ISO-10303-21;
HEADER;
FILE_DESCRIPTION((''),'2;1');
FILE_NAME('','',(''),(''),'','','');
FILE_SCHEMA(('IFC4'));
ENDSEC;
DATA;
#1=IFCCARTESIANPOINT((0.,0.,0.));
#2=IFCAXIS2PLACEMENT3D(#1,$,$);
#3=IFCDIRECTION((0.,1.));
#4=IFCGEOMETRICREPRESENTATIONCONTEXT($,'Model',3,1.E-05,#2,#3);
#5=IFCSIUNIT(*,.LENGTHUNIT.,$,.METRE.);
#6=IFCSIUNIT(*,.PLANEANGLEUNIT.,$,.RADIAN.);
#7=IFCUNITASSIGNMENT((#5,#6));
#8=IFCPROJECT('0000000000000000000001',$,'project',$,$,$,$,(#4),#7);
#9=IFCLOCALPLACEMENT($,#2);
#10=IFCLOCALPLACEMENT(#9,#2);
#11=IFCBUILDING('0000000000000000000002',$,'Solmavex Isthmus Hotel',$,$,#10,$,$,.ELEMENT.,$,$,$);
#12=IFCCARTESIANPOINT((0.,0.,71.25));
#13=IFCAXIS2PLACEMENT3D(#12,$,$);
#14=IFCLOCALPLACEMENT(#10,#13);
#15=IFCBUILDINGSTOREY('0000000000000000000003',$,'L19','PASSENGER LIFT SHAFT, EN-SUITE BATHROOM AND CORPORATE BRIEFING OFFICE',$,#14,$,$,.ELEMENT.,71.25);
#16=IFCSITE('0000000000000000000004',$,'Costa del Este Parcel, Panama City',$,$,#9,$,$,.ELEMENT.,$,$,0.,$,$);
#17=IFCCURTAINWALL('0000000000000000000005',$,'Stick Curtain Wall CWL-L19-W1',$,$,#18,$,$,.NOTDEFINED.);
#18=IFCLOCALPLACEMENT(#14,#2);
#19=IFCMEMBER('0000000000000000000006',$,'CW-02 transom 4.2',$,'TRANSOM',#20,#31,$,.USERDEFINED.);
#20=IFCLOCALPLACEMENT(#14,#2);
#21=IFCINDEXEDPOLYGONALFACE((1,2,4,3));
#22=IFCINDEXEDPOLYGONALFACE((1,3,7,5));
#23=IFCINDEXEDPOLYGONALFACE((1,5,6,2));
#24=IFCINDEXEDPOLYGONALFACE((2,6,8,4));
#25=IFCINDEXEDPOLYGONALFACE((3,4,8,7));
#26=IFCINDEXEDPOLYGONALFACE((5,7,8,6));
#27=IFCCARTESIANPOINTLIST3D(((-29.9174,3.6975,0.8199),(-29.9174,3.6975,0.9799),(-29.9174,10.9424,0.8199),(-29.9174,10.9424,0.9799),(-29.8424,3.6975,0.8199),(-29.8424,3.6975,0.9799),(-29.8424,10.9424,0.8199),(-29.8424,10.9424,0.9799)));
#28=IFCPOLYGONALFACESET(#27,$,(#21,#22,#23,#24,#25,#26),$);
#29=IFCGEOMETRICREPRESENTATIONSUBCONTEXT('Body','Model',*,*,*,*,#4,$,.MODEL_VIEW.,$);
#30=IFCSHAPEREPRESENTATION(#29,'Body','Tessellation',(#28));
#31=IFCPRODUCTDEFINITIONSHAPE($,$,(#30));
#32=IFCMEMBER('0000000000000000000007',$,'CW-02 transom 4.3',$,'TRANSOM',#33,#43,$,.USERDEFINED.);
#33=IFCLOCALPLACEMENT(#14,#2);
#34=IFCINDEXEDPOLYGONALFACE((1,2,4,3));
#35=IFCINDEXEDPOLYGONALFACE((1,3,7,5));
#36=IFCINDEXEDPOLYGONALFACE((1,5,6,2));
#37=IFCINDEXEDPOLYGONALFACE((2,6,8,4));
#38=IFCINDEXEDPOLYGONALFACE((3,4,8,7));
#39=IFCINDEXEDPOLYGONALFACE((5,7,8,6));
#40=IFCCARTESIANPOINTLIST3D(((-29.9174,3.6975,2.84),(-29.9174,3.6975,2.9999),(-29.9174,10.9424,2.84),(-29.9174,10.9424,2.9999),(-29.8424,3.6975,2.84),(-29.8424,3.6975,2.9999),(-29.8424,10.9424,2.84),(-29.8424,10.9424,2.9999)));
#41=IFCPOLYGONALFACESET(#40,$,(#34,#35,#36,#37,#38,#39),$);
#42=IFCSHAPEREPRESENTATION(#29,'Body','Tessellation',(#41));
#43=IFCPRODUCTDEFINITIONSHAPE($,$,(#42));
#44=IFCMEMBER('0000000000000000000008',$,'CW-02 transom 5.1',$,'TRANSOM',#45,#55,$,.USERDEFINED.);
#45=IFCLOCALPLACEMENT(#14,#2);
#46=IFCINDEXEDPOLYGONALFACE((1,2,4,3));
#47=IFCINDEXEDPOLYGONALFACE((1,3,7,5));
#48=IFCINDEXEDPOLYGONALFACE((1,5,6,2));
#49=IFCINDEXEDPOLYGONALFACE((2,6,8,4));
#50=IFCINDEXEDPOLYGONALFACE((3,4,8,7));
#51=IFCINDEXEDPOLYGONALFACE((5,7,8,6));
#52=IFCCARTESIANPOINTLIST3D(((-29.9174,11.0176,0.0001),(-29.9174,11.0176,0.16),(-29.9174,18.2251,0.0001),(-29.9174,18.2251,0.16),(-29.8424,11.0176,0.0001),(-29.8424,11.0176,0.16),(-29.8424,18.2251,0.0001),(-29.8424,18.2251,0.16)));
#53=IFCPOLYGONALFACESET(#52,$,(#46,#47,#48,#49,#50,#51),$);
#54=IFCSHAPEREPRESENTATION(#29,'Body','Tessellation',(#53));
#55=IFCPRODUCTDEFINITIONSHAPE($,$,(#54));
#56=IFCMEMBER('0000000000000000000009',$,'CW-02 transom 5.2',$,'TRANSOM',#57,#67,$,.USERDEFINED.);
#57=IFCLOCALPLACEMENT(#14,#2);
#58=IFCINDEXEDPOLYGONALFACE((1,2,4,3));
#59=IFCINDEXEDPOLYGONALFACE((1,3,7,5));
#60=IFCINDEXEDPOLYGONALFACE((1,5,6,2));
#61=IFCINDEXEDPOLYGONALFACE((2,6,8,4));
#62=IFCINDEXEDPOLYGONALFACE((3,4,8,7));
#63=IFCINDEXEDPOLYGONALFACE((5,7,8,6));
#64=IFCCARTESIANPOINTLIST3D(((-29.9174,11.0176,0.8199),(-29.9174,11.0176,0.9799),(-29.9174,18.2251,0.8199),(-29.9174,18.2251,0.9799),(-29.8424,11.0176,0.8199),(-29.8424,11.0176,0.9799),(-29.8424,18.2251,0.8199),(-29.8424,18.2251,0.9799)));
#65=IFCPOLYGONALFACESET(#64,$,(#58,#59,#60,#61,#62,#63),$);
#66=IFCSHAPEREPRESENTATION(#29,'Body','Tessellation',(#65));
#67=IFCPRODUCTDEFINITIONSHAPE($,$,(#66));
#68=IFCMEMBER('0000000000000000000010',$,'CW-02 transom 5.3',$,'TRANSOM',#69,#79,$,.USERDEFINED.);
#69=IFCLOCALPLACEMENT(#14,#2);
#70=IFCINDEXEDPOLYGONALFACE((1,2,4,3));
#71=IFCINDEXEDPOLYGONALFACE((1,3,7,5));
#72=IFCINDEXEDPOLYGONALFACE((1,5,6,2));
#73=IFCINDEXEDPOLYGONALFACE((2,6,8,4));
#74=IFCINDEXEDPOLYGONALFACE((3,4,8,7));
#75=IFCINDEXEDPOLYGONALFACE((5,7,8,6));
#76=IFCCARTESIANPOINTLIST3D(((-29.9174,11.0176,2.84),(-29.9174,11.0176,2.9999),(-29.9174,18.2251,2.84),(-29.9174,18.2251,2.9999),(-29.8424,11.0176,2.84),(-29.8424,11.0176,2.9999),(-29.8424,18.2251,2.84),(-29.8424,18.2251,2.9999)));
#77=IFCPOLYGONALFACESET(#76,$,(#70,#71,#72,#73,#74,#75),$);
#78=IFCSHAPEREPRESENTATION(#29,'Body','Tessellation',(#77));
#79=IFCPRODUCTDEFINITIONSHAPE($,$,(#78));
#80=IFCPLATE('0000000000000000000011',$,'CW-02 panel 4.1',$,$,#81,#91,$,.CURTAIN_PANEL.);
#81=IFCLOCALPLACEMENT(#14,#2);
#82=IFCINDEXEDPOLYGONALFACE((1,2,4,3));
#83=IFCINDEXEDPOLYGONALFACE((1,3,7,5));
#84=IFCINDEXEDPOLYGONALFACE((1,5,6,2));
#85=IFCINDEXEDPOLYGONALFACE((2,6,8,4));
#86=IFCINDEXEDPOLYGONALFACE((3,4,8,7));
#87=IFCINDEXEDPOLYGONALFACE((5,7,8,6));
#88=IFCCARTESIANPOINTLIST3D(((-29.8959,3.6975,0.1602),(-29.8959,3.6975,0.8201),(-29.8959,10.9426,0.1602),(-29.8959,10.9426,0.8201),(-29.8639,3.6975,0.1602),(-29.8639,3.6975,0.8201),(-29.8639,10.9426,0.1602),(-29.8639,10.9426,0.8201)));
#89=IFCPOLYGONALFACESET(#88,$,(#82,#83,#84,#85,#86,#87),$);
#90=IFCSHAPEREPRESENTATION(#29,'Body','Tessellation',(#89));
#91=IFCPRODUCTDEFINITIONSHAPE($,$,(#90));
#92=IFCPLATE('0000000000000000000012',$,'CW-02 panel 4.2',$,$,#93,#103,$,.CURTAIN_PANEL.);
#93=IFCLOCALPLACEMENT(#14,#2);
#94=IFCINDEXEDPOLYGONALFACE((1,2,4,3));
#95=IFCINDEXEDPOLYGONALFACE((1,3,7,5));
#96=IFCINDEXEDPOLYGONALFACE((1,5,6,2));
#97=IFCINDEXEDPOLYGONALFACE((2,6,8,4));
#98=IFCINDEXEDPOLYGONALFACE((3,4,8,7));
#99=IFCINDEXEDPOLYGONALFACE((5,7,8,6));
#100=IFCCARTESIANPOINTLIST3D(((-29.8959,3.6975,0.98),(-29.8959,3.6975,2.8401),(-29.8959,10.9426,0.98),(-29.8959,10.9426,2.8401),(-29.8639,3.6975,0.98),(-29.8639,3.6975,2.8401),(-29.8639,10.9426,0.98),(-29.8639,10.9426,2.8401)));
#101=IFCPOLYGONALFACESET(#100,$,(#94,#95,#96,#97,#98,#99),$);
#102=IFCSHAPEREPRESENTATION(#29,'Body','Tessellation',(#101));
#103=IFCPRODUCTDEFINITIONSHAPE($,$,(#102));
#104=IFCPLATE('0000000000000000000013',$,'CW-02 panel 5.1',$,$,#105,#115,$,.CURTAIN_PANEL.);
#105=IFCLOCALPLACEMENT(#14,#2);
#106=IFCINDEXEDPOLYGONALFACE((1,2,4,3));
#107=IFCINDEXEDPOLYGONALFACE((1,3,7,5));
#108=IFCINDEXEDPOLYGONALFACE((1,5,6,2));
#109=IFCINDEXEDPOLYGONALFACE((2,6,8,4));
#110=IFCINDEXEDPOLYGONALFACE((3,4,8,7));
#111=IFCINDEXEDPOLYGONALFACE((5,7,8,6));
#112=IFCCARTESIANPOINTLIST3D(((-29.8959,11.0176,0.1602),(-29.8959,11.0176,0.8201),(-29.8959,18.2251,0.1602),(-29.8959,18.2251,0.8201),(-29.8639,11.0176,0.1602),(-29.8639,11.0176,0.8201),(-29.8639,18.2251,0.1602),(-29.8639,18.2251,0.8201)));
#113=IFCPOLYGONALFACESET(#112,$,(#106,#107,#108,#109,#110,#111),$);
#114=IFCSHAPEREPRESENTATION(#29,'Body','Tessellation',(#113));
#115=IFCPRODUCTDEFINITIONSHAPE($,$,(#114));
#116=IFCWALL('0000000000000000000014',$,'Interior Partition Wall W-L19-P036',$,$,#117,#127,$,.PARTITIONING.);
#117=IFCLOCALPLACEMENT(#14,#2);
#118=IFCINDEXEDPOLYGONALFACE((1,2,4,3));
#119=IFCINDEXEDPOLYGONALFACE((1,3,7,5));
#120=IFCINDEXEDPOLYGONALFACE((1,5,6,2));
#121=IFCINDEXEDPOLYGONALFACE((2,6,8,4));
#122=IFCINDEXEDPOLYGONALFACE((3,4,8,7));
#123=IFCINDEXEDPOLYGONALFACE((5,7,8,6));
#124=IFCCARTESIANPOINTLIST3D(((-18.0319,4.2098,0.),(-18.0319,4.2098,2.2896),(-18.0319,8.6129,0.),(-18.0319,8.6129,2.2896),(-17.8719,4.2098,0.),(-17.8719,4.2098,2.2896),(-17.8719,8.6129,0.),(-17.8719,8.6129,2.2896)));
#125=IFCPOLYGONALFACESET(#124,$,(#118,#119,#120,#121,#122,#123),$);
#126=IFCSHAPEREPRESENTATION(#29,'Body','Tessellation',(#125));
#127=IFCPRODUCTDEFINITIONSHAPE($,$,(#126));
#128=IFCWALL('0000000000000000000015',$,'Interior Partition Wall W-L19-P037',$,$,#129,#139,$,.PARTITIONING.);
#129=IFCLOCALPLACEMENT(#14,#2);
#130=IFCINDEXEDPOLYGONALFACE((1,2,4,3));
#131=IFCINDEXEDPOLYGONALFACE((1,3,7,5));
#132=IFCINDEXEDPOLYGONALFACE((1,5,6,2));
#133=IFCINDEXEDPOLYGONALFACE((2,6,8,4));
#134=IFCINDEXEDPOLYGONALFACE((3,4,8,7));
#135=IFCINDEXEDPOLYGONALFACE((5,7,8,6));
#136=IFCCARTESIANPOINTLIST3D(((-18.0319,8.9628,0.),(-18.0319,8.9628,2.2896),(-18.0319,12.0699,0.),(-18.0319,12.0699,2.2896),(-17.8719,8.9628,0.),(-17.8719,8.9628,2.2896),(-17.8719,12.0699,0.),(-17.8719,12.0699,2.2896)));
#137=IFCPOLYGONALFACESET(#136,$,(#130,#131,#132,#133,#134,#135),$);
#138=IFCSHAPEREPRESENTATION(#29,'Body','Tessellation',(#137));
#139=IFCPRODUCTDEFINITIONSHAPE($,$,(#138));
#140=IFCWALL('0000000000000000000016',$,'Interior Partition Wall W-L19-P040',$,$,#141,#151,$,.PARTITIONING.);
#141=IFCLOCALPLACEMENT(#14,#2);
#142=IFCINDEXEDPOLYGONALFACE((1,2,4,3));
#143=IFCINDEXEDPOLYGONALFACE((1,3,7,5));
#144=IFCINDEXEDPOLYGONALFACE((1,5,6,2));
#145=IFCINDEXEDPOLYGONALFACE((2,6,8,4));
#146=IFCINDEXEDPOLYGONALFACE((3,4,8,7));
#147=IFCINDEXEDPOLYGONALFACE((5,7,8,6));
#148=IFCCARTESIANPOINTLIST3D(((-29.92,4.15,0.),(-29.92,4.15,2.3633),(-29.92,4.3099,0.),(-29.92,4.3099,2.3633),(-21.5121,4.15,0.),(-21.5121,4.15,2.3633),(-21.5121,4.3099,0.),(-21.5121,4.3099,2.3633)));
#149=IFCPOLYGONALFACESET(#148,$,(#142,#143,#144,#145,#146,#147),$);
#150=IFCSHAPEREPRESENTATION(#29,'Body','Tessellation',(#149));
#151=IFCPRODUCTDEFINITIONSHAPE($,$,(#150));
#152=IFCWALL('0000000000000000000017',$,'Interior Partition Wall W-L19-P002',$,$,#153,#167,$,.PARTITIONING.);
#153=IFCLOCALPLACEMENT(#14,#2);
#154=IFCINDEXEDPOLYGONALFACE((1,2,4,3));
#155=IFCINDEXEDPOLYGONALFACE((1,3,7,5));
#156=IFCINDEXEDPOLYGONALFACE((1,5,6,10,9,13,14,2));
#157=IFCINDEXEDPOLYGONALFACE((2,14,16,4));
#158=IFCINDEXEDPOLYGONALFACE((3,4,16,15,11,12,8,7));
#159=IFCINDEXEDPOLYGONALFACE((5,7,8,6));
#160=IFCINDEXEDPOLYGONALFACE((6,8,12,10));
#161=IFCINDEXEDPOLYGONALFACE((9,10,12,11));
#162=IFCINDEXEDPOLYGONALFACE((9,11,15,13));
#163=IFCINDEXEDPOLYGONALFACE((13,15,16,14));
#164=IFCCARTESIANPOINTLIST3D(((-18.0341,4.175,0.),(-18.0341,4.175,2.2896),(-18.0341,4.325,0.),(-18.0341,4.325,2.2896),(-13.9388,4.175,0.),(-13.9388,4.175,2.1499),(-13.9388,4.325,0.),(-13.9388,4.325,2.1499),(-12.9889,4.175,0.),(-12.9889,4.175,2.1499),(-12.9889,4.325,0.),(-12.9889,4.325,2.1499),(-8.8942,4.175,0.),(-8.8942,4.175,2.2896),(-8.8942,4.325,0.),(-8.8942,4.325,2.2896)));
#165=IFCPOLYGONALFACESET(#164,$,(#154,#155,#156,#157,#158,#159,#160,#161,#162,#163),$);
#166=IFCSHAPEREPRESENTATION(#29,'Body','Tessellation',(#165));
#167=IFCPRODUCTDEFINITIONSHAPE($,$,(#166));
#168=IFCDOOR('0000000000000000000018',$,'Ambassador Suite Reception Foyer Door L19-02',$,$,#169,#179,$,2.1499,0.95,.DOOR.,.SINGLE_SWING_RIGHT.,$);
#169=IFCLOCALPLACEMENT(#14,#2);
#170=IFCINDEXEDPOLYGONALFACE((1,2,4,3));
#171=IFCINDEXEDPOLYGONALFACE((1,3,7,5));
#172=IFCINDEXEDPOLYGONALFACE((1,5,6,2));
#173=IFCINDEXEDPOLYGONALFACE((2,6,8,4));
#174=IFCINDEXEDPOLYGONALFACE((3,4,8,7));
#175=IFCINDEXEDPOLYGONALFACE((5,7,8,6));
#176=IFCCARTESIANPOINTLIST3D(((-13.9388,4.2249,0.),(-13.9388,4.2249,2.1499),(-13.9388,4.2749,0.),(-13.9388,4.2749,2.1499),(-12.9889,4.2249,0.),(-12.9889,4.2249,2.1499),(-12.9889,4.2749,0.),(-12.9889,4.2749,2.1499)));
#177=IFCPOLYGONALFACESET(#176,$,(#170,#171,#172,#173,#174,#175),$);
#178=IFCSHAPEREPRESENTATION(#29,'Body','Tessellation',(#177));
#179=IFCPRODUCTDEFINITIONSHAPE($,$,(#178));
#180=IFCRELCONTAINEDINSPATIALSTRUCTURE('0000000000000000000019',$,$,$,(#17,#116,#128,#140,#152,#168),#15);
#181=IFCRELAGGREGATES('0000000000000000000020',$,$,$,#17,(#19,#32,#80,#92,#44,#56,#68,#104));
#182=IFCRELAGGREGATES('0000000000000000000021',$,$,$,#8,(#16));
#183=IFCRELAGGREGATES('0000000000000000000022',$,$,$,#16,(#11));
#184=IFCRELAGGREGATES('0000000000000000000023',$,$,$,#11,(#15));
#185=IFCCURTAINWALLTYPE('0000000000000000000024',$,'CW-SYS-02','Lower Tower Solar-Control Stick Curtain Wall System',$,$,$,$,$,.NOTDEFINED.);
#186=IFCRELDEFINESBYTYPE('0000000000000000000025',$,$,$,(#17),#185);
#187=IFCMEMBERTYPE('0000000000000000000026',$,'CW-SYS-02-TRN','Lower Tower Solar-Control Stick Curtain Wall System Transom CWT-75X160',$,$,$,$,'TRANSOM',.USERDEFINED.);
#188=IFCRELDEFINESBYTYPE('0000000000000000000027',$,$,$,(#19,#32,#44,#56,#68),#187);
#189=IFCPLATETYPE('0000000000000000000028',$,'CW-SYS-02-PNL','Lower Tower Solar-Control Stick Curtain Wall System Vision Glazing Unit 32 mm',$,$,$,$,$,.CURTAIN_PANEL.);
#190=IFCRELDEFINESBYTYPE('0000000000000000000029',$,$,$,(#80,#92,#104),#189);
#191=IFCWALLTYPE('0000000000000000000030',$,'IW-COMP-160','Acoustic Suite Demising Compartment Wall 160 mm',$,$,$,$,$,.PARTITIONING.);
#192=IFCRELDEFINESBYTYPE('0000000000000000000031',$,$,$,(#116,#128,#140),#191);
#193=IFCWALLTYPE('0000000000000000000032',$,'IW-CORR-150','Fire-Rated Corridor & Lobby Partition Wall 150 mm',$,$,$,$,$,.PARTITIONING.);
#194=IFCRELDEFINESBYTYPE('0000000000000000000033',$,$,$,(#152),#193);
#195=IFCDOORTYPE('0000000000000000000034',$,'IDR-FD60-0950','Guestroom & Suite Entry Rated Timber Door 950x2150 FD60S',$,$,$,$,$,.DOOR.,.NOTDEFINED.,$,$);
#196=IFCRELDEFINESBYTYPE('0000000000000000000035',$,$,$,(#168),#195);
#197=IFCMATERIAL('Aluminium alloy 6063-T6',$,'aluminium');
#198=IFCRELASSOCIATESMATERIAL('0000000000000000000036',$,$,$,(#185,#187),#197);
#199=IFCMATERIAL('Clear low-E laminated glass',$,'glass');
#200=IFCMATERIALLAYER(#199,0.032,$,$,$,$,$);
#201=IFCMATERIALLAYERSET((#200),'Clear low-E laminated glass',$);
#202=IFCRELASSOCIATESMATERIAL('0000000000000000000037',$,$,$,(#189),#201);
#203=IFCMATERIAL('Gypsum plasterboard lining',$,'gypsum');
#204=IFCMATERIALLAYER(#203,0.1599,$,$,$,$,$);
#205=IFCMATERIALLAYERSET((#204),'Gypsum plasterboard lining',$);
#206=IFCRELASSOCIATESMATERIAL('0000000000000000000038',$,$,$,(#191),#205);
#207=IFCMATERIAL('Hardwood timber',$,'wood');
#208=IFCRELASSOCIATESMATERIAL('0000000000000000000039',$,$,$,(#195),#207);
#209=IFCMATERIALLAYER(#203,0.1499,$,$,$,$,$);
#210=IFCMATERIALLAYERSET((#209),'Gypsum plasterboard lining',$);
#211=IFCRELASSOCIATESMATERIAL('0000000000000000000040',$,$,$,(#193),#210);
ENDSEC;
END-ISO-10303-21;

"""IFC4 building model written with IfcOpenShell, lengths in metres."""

from ifc_helpers import new_model, si_unit, direction, frame, frame_2d, origin, origin_2d, place, context, subcontext, project, spatial, rectangle, extrude, material, layer, layer_set, material_profile, profile_set, type_object, element, fill, aggregate, save


model = new_model("IFC4")

# Units and contexts
model_context = context("Model", 3, precision=1e-05, world=origin(), true_north=direction((0.0, 1.0)))
body_context = subcontext(model_context, "Body", "Model", "MODEL_VIEW")
ifc_project = project(units=[si_unit("LENGTHUNIT", "METRE"), si_unit("PLANEANGLEUNIT", "RADIAN")], contexts=[model_context])

# Site, building, storey
site_placement = place(None, origin())
site = spatial("IfcSite", under=ifc_project, at=site_placement, Name="Costa del Este Parcel, Panama City", CompositionType="ELEMENT", RefElevation=0.0)
building_placement = place(site_placement, origin())
building = spatial("IfcBuilding", under=site, at=building_placement, Name="Solmavex Isthmus Hotel", CompositionType="ELEMENT")
storey_placement = place(building_placement, frame((0.0, 0.0, 71.25)))
storey = spatial("IfcBuildingStorey", under=building, at=storey_placement, Name="L19", Description="PASSENGER LIFT SHAFT, EN-SUITE BATHROOM AND CORPORATE BRIEFING OFFICE", CompositionType="ELEMENT", Elevation=71.25)

# Curtain wall, members, plates
ifc_material_1 = material(Name="Aluminium alloy 6063-T6", Category="aluminium")
curtain_wall_type = type_object("IfcCurtainWallType", Name="CW-SYS-02", Description="Lower Tower Solar-Control Stick Curtain Wall System", PredefinedType="NOTDEFINED", material=ifc_material_1)
curtain_wall_placement = place(storey_placement, origin())
curtain_wall = element("IfcCurtainWall", 1, at=curtain_wall_placement, inside=storey, type_object=curtain_wall_type, Name="Stick Curtain Wall CWL-L19-W1", PredefinedType="NOTDEFINED")
ifc_material_profile_1 = material_profile(ifc_material_1, rectangle(XDim=0.075, YDim=0.1599, at=origin_2d()), Name="CWT-75X160")
ifc_profile_set_1 = profile_set([ifc_material_profile_1], Name="Aluminium alloy 6063-T6")
member_type_1 = type_object("IfcMemberType", Name="CW-SYS-02-TRN", Description="Lower Tower Solar-Control Stick Curtain Wall System Transom CWT-75X160", ElementType="TRANSOM", PredefinedType="USERDEFINED", material=ifc_profile_set_1)
member_1_placement = place(storey_placement, frame((-29.8799, 3.6975, 0.8999), z_axis=(0.0, 1.0, 0.0), x_axis=(-1.0, 0.0, 0.0)))
member_1 = element("IfcMember", 2, at=member_1_placement, type_object=member_type_1, Name="CW-02 transom 4.2", ObjectType="TRANSOM", PredefinedType="USERDEFINED", context=body_context, shape_type="SweptSolid", body=[
    extrude(rectangle(XDim=0.075, YDim=0.1599, at=origin_2d()), origin(), (0.0, 0.0, 1.0), 7.2449),
])
member_2_placement = place(storey_placement, frame((-29.8799, 3.6975, 2.9199), z_axis=(0.0, 1.0, 0.0), x_axis=(-1.0, 0.0, 0.0)))
member_2 = element("IfcMember", 3, at=member_2_placement, type_object=member_type_1, Name="CW-02 transom 4.3", ObjectType="TRANSOM", PredefinedType="USERDEFINED", context=body_context, shape_type="SweptSolid", body=[
    extrude(rectangle(XDim=0.075, YDim=0.1599, at=origin_2d()), origin(), (0.0, 0.0, 1.0), 7.2449),
])
member_3_placement = place(storey_placement, frame((-29.8799, 11.0176, 0.0801), z_axis=(0.0, 1.0, 0.0), x_axis=(-1.0, 0.0, 0.0)))
member_3 = element("IfcMember", 4, at=member_3_placement, type_object=member_type_1, Name="CW-02 transom 5.1", ObjectType="TRANSOM", PredefinedType="USERDEFINED", context=body_context, shape_type="SweptSolid", body=[
    extrude(rectangle(XDim=0.075, YDim=0.1599, at=origin_2d()), origin(), (0.0, 0.0, 1.0), 7.2075),
])
member_4_placement = place(storey_placement, frame((-29.8799, 11.0176, 0.8999), z_axis=(0.0, 1.0, 0.0), x_axis=(-1.0, 0.0, 0.0)))
member_4 = element("IfcMember", 5, at=member_4_placement, type_object=member_type_1, Name="CW-02 transom 5.2", ObjectType="TRANSOM", PredefinedType="USERDEFINED", context=body_context, shape_type="SweptSolid", body=[
    extrude(rectangle(XDim=0.075, YDim=0.1599, at=origin_2d()), origin(), (0.0, 0.0, 1.0), 7.2075),
])
member_5_placement = place(storey_placement, frame((-29.8799, 11.0176, 2.9199), z_axis=(0.0, 1.0, 0.0), x_axis=(-1.0, 0.0, 0.0)))
member_5 = element("IfcMember", 6, at=member_5_placement, type_object=member_type_1, Name="CW-02 transom 5.3", ObjectType="TRANSOM", PredefinedType="USERDEFINED", context=body_context, shape_type="SweptSolid", body=[
    extrude(rectangle(XDim=0.075, YDim=0.1599, at=origin_2d()), origin(), (0.0, 0.0, 1.0), 7.2075),
])
ifc_material_2 = material(Name="Clear low-E laminated glass", Category="glass")
ifc_layer_1 = layer(ifc_material_2, 0.032)
ifc_layer_set_1 = layer_set([ifc_layer_1], Name="Clear low-E laminated glass")
plate_type = type_object("IfcPlateType", Name="CW-SYS-02-PNL", Description="Lower Tower Solar-Control Stick Curtain Wall System Vision Glazing Unit 32 mm", PredefinedType="CURTAIN_PANEL", material=ifc_layer_set_1)
plate_1_placement = place(storey_placement, frame((-29.8799, 7.3201, 0.1602), z_axis=(0.0, 0.0, 1.0), x_axis=(0.0, 1.0, 0.0)))
plate_1 = element("IfcPlate", 7, at=plate_1_placement, type_object=plate_type, Name="CW-02 panel 4.1", PredefinedType="CURTAIN_PANEL", context=body_context, shape_type="SweptSolid", body=[
    extrude(rectangle(XDim=7.2451, YDim=0.032, at=origin_2d()), origin(), (0.0, 0.0, 1.0), 0.6599),
])
plate_2_placement = place(storey_placement, frame((-29.8799, 7.3201, 0.98), z_axis=(0.0, 0.0, 1.0), x_axis=(0.0, 1.0, 0.0)))
plate_2 = element("IfcPlate", 8, at=plate_2_placement, type_object=plate_type, Name="CW-02 panel 4.2", PredefinedType="CURTAIN_PANEL", context=body_context, shape_type="SweptSolid", body=[
    extrude(rectangle(XDim=7.2451, YDim=0.032, at=origin_2d()), origin(), (0.0, 0.0, 1.0), 1.8601),
])
plate_3_placement = place(storey_placement, frame((-29.8799, 14.6213, 0.1602), z_axis=(0.0, 0.0, 1.0), x_axis=(0.0, 1.0, 0.0)))
plate_3 = element("IfcPlate", 9, at=plate_3_placement, type_object=plate_type, Name="CW-02 panel 5.1", PredefinedType="CURTAIN_PANEL", context=body_context, shape_type="SweptSolid", body=[
    extrude(rectangle(XDim=7.2075, YDim=0.032, at=origin_2d()), origin(), (0.0, 0.0, 1.0), 0.6599),
])
aggregate(curtain_wall, [member_1, member_2, plate_1, plate_2, member_3, member_4, member_5, plate_3])

# Walls
ifc_material_3 = material(Name="Gypsum plasterboard lining", Category="gypsum")
ifc_layer_2 = layer(ifc_material_3, 0.1599)
ifc_layer_set_2 = layer_set([ifc_layer_2], Name="Gypsum plasterboard lining")
wall_type_1 = type_object("IfcWallType", Name="IW-COMP-160", Description="Acoustic Suite Demising Compartment Wall 160 mm", PredefinedType="PARTITIONING", material=ifc_layer_set_2)
wall_1_placement = place(storey_placement, frame((-17.9519, 8.613, 0.0), z_axis=(0.0, 0.0, 1.0), x_axis=(0.0, -1.0, 0.0)))
element("IfcWall", 10, at=wall_1_placement, inside=storey, type_object=wall_type_1, Name="Interior Partition Wall W-L19-P036", PredefinedType="PARTITIONING", context=body_context, shape_type="SweptSolid", body=[
    extrude(rectangle(XDim=4.4031, YDim=0.1599, at=frame_2d((2.2017, 0.0))), origin(), (0.0, 0.0, 1.0), 2.2896),
])
wall_2_placement = place(storey_placement, frame((-17.9519, 12.0701, 0.0), z_axis=(0.0, 0.0, 1.0), x_axis=(0.0, -1.0, 0.0)))
element("IfcWall", 11, at=wall_2_placement, inside=storey, type_object=wall_type_1, Name="Interior Partition Wall W-L19-P037", PredefinedType="PARTITIONING", context=body_context, shape_type="SweptSolid", body=[
    extrude(rectangle(XDim=3.1072, YDim=0.1599, at=frame_2d((1.5537, 0.0))), origin(), (0.0, 0.0, 1.0), 2.2896),
])
wall_3_placement = place(storey_placement, frame((-21.512, 4.23, 0.0), z_axis=(0.0, 0.0, 1.0), x_axis=(-1.0, 0.0, 0.0)))
element("IfcWall", 12, at=wall_3_placement, inside=storey, type_object=wall_type_1, Name="Interior Partition Wall W-L19-P040", PredefinedType="PARTITIONING", context=body_context, shape_type="SweptSolid", body=[
    extrude(rectangle(XDim=8.408, YDim=0.1599, at=frame_2d((4.2041, 0.0))), origin(), (0.0, 0.0, 1.0), 2.3633),
])

# Wall, opening, door
ifc_material_4 = material(Name="Hardwood timber", Category="wood")
door_type = type_object("IfcDoorType", Name="IDR-FD60-0950", Description="Guestroom & Suite Entry Rated Timber Door 950x2150 FD60S", OperationType="NOTDEFINED", PredefinedType="DOOR", material=ifc_material_4)
ifc_layer_3 = layer(ifc_material_3, 0.1499)
ifc_layer_set_3 = layer_set([ifc_layer_3], Name="Gypsum plasterboard lining")
wall_type_2 = type_object("IfcWallType", Name="IW-CORR-150", Description="Fire-Rated Corridor & Lobby Partition Wall 150 mm", PredefinedType="PARTITIONING", material=ifc_layer_set_3)
wall_4_placement = place(storey_placement, frame((-18.0339, 4.25, 0.0), z_axis=(0.0, 0.0, 1.0), x_axis=(1.0, 0.0, 0.0)))
wall_4 = element("IfcWall", 13, at=wall_4_placement, inside=storey, type_object=wall_type_2, Name="Interior Partition Wall W-L19-P002", PredefinedType="PARTITIONING", context=body_context, shape_type="SweptSolid", body=[
    extrude(rectangle(XDim=9.1399, YDim=0.1499, at=frame_2d((4.5698, 0.0))), origin(), (0.0, 0.0, 1.0), 2.2896),
])
opening_1_placement = place(wall_4_placement, frame((4.095, 0.0, 0.0)))
opening_1 = element("IfcOpeningElement", 14, at=opening_1_placement, cuts=wall_4, PredefinedType="OPENING", context=body_context, shape_type="SweptSolid", body=[
    extrude(rectangle(XDim=0.95, YDim=2.1499, at=frame_2d((0.4751, 1.075))), frame((0.0, 0.085, 0.0), z_axis=(0.0, -1.0, 0.0), x_axis=(1.0, 0.0, 0.0)), (0.0, 0.0, 1.0), 0.1699),
])
door_1_placement = place(opening_1_placement, origin())
door_1 = element("IfcDoor", 15, at=door_1_placement, inside=storey, type_object=door_type, Name="Ambassador Suite Reception Foyer Door L19-02", OperationType="SINGLE_SWING_RIGHT", OverallHeight=2.1499, OverallWidth=0.95, PredefinedType="DOOR", context=body_context, shape_type="SweptSolid", body=[
    extrude(rectangle(XDim=0.95, YDim=2.1499, at=frame_2d((0.4751, 1.075))), frame((0.0, 0.0249, 0.0), z_axis=(0.0, -1.0, 0.0), x_axis=(1.0, 0.0, 0.0)), (0.0, 0.0, 1.0), 0.05),
])
fill(opening_1, door_1)

save(model, "model.ifc")
